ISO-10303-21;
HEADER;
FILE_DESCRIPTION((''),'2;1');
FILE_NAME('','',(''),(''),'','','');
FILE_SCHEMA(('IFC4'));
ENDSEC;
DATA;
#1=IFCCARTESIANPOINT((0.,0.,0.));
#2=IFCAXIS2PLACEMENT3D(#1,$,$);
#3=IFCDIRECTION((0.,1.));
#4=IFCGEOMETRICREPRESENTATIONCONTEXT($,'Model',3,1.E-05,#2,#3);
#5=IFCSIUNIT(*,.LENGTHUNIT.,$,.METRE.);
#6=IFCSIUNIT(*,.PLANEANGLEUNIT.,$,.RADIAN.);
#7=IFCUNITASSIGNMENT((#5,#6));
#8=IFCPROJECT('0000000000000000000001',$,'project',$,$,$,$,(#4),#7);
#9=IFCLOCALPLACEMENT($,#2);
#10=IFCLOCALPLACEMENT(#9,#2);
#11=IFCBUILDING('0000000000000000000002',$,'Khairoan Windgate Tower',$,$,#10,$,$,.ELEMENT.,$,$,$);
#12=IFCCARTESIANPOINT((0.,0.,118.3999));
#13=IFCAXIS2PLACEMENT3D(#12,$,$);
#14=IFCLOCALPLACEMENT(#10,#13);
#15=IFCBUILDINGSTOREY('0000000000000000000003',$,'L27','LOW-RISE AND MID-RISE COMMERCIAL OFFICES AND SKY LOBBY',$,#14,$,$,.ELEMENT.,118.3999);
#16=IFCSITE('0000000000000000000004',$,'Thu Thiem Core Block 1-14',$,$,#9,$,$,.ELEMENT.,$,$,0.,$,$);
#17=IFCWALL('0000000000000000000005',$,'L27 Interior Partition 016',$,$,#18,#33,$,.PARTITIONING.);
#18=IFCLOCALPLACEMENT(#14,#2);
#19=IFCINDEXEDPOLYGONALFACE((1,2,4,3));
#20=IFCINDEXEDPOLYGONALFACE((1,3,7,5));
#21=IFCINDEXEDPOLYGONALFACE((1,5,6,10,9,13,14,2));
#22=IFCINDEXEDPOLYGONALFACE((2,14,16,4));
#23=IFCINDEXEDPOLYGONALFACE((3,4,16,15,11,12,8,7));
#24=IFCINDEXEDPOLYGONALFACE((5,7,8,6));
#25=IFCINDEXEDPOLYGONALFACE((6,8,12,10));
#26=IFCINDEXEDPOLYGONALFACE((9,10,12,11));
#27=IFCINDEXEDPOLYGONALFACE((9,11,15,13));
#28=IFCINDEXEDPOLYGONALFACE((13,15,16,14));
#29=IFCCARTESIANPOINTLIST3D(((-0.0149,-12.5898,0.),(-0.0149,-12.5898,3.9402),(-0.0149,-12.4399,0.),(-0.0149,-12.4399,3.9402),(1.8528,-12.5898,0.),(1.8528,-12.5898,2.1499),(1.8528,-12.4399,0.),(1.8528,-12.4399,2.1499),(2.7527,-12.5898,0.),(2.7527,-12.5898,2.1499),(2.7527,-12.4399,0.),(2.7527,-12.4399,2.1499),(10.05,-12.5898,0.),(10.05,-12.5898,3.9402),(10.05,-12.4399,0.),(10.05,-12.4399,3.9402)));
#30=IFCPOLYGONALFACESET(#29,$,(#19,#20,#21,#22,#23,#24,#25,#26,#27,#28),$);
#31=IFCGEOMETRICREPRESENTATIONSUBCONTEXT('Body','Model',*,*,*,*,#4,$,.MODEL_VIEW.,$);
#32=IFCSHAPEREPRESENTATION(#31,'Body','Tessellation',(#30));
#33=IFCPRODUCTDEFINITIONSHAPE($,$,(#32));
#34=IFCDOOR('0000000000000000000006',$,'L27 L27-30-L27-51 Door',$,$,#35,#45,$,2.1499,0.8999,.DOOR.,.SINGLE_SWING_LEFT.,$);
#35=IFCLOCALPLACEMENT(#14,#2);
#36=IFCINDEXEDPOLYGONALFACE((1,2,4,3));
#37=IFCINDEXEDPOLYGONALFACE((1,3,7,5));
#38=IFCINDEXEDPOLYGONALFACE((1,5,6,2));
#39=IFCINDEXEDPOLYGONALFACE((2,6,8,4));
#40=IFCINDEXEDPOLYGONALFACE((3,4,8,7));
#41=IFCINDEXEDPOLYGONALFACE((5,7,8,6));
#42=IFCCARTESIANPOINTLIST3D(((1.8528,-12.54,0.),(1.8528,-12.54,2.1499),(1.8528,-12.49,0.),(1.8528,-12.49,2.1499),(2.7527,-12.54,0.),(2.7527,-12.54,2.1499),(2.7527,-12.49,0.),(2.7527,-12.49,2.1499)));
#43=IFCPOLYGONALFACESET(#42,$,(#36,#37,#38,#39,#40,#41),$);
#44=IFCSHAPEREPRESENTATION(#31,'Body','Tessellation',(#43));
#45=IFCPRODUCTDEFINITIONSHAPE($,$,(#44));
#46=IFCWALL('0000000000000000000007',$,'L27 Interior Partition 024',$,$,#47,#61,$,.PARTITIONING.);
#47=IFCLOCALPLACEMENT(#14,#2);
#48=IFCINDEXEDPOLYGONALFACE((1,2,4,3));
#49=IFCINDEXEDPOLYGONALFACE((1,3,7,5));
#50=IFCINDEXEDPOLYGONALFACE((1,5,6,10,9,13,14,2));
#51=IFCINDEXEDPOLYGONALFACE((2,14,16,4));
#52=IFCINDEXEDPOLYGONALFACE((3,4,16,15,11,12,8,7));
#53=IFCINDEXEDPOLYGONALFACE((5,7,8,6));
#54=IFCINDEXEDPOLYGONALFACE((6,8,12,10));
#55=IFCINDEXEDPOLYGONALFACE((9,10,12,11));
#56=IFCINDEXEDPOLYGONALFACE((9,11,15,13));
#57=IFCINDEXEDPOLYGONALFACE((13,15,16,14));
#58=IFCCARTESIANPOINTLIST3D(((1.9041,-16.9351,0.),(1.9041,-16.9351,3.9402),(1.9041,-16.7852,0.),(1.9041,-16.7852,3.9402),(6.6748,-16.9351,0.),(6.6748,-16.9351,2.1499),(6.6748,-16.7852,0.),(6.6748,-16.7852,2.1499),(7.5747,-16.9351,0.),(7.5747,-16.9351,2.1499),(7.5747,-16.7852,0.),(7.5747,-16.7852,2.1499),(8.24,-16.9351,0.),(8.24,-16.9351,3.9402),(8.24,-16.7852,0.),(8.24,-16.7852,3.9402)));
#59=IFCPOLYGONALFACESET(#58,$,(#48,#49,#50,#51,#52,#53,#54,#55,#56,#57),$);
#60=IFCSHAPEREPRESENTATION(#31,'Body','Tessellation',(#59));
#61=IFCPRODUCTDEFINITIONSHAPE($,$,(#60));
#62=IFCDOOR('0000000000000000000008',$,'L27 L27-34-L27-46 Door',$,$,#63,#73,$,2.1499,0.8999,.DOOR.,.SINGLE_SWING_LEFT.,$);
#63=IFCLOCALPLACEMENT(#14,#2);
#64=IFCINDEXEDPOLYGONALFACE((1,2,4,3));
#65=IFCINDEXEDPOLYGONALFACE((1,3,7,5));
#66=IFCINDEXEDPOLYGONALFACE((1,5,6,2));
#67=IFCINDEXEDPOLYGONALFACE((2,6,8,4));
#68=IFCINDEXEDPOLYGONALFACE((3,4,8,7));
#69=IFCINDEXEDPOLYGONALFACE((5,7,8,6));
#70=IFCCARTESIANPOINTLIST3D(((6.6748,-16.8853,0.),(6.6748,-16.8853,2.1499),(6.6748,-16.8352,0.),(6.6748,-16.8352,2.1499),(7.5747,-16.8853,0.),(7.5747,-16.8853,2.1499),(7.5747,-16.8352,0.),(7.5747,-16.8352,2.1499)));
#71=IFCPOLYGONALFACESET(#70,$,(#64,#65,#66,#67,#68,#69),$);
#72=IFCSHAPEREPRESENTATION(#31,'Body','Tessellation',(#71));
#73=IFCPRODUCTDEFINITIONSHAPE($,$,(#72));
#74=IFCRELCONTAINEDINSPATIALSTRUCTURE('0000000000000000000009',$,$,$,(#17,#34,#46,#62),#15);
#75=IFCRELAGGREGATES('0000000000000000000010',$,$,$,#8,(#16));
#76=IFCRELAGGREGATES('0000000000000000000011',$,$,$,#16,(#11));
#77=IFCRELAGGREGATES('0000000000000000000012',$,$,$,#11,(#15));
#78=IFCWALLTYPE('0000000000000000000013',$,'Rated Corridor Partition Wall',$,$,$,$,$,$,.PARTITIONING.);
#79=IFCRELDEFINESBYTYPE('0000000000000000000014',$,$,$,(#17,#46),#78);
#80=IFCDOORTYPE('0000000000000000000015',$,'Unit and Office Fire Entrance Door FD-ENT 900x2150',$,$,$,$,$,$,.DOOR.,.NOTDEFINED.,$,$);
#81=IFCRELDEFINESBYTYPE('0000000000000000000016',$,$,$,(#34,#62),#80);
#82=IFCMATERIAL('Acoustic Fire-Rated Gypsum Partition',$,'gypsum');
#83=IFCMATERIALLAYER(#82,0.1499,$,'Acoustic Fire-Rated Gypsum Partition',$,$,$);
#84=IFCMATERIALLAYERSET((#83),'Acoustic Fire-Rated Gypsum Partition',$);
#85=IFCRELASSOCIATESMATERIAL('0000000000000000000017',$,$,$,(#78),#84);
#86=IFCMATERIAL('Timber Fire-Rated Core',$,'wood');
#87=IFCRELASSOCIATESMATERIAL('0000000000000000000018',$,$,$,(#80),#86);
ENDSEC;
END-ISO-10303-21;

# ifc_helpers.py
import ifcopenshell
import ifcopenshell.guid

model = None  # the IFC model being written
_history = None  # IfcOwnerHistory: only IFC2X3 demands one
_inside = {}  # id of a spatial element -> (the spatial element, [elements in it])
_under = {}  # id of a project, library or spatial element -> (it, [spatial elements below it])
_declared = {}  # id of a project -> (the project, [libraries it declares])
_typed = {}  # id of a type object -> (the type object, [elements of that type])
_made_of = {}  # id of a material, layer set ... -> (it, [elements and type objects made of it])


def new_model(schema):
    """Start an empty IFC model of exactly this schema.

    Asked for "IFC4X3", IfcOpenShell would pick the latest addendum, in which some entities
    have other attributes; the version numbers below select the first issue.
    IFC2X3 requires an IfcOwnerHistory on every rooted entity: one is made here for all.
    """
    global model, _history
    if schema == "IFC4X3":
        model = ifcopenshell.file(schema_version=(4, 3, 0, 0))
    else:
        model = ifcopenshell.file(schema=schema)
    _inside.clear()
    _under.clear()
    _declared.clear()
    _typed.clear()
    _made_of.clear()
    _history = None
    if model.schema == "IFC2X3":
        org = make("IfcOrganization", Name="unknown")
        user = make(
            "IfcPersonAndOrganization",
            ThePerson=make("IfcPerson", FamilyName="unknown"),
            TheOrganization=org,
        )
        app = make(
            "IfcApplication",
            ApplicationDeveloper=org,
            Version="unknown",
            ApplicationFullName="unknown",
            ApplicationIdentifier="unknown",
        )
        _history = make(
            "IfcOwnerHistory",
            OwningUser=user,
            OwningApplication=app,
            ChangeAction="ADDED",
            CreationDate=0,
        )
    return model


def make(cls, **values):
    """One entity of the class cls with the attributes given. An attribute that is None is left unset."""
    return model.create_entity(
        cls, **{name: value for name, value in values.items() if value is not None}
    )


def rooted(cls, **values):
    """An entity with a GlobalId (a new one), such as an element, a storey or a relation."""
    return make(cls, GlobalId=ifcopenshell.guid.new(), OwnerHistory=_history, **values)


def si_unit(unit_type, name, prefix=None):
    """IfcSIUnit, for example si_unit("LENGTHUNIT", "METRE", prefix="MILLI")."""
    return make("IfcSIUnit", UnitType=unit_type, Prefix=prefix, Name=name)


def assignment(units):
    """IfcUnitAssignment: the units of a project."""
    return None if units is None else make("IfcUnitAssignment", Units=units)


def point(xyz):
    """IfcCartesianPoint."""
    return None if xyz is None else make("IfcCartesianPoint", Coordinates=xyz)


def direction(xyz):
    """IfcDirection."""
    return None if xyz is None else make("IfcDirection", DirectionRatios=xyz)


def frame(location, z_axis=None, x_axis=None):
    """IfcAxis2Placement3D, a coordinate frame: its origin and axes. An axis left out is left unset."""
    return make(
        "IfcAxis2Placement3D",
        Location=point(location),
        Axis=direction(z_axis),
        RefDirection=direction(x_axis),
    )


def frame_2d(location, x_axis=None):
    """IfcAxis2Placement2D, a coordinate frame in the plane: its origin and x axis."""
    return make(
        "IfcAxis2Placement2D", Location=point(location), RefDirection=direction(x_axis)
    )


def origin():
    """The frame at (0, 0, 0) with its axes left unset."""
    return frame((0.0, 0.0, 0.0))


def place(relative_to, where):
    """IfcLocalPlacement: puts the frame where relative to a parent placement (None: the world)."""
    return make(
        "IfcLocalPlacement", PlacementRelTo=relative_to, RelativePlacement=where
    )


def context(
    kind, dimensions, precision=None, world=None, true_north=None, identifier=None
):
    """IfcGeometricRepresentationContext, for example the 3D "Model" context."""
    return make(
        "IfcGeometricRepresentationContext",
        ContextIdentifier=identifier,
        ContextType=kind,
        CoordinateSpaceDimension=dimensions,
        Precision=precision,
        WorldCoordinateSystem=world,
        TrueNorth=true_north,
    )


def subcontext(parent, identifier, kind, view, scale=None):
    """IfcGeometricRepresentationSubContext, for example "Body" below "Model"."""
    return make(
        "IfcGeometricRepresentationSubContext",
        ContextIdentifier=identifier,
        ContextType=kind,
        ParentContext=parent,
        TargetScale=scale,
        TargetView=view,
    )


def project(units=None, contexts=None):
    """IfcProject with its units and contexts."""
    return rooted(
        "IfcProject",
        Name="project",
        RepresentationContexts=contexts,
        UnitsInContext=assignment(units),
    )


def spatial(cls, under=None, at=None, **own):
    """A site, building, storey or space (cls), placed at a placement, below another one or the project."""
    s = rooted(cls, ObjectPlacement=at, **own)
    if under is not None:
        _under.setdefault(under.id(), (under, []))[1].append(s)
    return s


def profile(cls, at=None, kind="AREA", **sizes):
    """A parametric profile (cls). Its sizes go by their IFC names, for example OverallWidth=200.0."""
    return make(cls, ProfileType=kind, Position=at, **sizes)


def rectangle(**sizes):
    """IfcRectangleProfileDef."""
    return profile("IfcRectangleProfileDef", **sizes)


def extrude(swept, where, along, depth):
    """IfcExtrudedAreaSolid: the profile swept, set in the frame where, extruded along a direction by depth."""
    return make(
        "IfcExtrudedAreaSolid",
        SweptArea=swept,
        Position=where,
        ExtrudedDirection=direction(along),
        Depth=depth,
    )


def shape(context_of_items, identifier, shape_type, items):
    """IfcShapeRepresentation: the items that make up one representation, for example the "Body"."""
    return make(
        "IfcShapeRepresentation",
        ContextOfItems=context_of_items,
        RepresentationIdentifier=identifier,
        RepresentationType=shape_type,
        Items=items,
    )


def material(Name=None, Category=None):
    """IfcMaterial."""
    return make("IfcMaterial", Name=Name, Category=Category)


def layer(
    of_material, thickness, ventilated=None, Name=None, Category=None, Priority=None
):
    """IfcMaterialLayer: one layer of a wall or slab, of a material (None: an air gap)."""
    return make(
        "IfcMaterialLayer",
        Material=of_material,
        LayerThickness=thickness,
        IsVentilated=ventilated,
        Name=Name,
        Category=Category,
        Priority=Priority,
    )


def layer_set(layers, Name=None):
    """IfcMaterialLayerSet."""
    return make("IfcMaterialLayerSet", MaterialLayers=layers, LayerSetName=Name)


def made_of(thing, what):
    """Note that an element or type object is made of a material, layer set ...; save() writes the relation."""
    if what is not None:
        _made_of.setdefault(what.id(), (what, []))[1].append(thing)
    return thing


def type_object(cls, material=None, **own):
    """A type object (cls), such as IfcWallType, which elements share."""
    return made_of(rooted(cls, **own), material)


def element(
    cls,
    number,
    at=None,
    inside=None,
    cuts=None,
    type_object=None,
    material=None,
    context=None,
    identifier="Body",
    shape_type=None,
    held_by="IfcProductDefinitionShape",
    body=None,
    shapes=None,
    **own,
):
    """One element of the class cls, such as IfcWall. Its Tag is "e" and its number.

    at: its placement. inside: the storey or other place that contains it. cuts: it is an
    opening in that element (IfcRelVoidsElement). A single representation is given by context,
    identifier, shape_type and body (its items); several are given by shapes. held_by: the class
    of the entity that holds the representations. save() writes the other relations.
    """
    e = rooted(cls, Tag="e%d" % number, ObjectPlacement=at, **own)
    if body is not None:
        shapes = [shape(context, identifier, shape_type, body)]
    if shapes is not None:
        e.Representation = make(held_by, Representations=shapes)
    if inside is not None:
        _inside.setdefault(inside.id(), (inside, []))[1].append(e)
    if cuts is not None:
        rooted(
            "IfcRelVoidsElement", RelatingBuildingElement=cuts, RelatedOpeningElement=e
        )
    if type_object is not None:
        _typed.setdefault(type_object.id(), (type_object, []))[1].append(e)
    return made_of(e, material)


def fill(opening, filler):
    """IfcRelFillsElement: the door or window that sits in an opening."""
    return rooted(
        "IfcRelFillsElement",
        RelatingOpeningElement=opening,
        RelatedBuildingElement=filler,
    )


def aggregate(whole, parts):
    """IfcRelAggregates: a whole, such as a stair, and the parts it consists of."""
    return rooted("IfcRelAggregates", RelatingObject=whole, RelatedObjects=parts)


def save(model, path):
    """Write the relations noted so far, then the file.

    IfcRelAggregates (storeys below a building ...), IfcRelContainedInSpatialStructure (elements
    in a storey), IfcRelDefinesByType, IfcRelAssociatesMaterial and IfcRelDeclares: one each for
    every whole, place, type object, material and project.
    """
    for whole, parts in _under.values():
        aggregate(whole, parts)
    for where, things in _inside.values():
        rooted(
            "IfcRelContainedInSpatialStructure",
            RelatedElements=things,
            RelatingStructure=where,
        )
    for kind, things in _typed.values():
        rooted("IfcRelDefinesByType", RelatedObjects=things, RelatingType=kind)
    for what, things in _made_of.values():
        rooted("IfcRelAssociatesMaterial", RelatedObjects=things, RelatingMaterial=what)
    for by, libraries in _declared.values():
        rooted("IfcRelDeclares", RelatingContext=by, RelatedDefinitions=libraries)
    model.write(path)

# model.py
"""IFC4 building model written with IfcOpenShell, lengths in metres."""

from ifc_helpers import new_model, si_unit, direction, frame, frame_2d, origin, place, context, subcontext, project, spatial, rectangle, extrude, material, layer, layer_set, type_object, element, fill, save


model = new_model("IFC4")

# Units and contexts
model_context = context("Model", 3, precision=1e-05, world=origin(), true_north=direction((0.0, 1.0)))
body_context = subcontext(model_context, "Body", "Model", "MODEL_VIEW")
ifc_project = project(units=[si_unit("LENGTHUNIT", "METRE"), si_unit("PLANEANGLEUNIT", "RADIAN")], contexts=[model_context])

# Site, building, storey
site_placement = place(None, origin())
site = spatial("IfcSite", under=ifc_project, at=site_placement, Name="Thu Thiem Core Block 1-14", CompositionType="ELEMENT", RefElevation=0.0)
building_placement = place(site_placement, origin())
building = spatial("IfcBuilding", under=site, at=building_placement, Name="Khairoan Windgate Tower", CompositionType="ELEMENT")
storey_placement = place(building_placement, frame((0.0, 0.0, 118.3999)))
storey = spatial("IfcBuildingStorey", under=building, at=storey_placement, Name="L27", Description="LOW-RISE AND MID-RISE COMMERCIAL OFFICES AND SKY LOBBY", CompositionType="ELEMENT", Elevation=118.3999)

# Walls, openings, doors
ifc_material_1 = material(Name="Acoustic Fire-Rated Gypsum Partition", Category="gypsum")
ifc_layer_1 = layer(ifc_material_1, 0.1499, Name="Acoustic Fire-Rated Gypsum Partition")
ifc_layer_set_1 = layer_set([ifc_layer_1], Name="Acoustic Fire-Rated Gypsum Partition")
wall_type_1 = type_object("IfcWallType", Name="Rated Corridor Partition Wall", PredefinedType="PARTITIONING", material=ifc_layer_set_1)
ifc_material_2 = material(Name="Timber Fire-Rated Core", Category="wood")
door_type_1 = type_object("IfcDoorType", Name="Unit and Office Fire Entrance Door FD-ENT 900x2150", OperationType="NOTDEFINED", PredefinedType="DOOR", material=ifc_material_2)
wall_1_placement = place(storey_placement, frame((-0.0149, -12.5149, 0.0), z_axis=(0.0, 0.0, 1.0), x_axis=(1.0, 0.0, 0.0)))
wall_1 = element("IfcWall", 1, at=wall_1_placement, inside=storey, type_object=wall_type_1, Name="L27 Interior Partition 016", PredefinedType="PARTITIONING", context=body_context, shape_type="SweptSolid", body=[
    extrude(rectangle(XDim=10.0649, YDim=0.1499, at=frame_2d((5.0325, 0.0))), origin(), (0.0, 0.0, 1.0), 3.9402),
])
opening_1_placement = place(wall_1_placement, frame((1.8677, 0.0, 0.0)))
opening_1 = element("IfcOpeningElement", 2, at=opening_1_placement, cuts=wall_1, PredefinedType="OPENING", context=body_context, shape_type="SweptSolid", body=[
    extrude(rectangle(XDim=0.8999, YDim=2.1499, at=frame_2d((0.45, 1.075))), frame((0.0, 0.085, 0.0), z_axis=(0.0, -1.0, 0.0), x_axis=(1.0, 0.0, 0.0)), (0.0, 0.0, 1.0), 0.1699),
])
door_1_placement = place(opening_1_placement, origin())
door_1 = element("IfcDoor", 3, at=door_1_placement, inside=storey, type_object=door_type_1, Name="L27 L27-30-L27-51 Door", OperationType="SINGLE_SWING_LEFT", OverallHeight=2.1499, OverallWidth=0.8999, PredefinedType="DOOR", context=body_context, shape_type="SweptSolid", body=[
    extrude(rectangle(XDim=0.8999, YDim=2.1499, at=frame_2d((0.45, 1.075))), frame((0.0, 0.0249, 0.0), z_axis=(0.0, -1.0, 0.0), x_axis=(1.0, 0.0, 0.0)), (0.0, 0.0, 1.0), 0.05),
])
fill(opening_1, door_1)
wall_2_placement = place(storey_placement, frame((1.9041, -16.8601, 0.0), z_axis=(0.0, 0.0, 1.0), x_axis=(1.0, 0.0, 0.0)))
wall_2 = element("IfcWall", 4, at=wall_2_placement, inside=storey, type_object=wall_type_1, Name="L27 Interior Partition 024", PredefinedType="PARTITIONING", context=body_context, shape_type="SweptSolid", body=[
    extrude(rectangle(XDim=6.3359, YDim=0.1499, at=frame_2d((3.168, 0.0))), origin(), (0.0, 0.0, 1.0), 3.9402),
])
opening_2_placement = place(wall_2_placement, frame((4.7708, 0.0, 0.0)))
opening_2 = element("IfcOpeningElement", 5, at=opening_2_placement, cuts=wall_2, PredefinedType="OPENING", context=body_context, shape_type="SweptSolid", body=[
    extrude(rectangle(XDim=0.8999, YDim=2.1499, at=frame_2d((0.45, 1.075))), frame((0.0, 0.085, 0.0), z_axis=(0.0, -1.0, 0.0), x_axis=(1.0, 0.0, 0.0)), (0.0, 0.0, 1.0), 0.1699),
])
door_2_placement = place(opening_2_placement, origin())
door_2 = element("IfcDoor", 6, at=door_2_placement, inside=storey, type_object=door_type_1, Name="L27 L27-34-L27-46 Door", OperationType="SINGLE_SWING_LEFT", OverallHeight=2.1499, OverallWidth=0.8999, PredefinedType="DOOR", context=body_context, shape_type="SweptSolid", body=[
    extrude(rectangle(XDim=0.8999, YDim=2.1499, at=frame_2d((0.45, 1.075))), frame((0.0, 0.0249, 0.0), z_axis=(0.0, -1.0, 0.0), x_axis=(1.0, 0.0, 0.0)), (0.0, 0.0, 1.0), 0.05),
])
fill(opening_2, door_2)

save(model, "model.ifc")
